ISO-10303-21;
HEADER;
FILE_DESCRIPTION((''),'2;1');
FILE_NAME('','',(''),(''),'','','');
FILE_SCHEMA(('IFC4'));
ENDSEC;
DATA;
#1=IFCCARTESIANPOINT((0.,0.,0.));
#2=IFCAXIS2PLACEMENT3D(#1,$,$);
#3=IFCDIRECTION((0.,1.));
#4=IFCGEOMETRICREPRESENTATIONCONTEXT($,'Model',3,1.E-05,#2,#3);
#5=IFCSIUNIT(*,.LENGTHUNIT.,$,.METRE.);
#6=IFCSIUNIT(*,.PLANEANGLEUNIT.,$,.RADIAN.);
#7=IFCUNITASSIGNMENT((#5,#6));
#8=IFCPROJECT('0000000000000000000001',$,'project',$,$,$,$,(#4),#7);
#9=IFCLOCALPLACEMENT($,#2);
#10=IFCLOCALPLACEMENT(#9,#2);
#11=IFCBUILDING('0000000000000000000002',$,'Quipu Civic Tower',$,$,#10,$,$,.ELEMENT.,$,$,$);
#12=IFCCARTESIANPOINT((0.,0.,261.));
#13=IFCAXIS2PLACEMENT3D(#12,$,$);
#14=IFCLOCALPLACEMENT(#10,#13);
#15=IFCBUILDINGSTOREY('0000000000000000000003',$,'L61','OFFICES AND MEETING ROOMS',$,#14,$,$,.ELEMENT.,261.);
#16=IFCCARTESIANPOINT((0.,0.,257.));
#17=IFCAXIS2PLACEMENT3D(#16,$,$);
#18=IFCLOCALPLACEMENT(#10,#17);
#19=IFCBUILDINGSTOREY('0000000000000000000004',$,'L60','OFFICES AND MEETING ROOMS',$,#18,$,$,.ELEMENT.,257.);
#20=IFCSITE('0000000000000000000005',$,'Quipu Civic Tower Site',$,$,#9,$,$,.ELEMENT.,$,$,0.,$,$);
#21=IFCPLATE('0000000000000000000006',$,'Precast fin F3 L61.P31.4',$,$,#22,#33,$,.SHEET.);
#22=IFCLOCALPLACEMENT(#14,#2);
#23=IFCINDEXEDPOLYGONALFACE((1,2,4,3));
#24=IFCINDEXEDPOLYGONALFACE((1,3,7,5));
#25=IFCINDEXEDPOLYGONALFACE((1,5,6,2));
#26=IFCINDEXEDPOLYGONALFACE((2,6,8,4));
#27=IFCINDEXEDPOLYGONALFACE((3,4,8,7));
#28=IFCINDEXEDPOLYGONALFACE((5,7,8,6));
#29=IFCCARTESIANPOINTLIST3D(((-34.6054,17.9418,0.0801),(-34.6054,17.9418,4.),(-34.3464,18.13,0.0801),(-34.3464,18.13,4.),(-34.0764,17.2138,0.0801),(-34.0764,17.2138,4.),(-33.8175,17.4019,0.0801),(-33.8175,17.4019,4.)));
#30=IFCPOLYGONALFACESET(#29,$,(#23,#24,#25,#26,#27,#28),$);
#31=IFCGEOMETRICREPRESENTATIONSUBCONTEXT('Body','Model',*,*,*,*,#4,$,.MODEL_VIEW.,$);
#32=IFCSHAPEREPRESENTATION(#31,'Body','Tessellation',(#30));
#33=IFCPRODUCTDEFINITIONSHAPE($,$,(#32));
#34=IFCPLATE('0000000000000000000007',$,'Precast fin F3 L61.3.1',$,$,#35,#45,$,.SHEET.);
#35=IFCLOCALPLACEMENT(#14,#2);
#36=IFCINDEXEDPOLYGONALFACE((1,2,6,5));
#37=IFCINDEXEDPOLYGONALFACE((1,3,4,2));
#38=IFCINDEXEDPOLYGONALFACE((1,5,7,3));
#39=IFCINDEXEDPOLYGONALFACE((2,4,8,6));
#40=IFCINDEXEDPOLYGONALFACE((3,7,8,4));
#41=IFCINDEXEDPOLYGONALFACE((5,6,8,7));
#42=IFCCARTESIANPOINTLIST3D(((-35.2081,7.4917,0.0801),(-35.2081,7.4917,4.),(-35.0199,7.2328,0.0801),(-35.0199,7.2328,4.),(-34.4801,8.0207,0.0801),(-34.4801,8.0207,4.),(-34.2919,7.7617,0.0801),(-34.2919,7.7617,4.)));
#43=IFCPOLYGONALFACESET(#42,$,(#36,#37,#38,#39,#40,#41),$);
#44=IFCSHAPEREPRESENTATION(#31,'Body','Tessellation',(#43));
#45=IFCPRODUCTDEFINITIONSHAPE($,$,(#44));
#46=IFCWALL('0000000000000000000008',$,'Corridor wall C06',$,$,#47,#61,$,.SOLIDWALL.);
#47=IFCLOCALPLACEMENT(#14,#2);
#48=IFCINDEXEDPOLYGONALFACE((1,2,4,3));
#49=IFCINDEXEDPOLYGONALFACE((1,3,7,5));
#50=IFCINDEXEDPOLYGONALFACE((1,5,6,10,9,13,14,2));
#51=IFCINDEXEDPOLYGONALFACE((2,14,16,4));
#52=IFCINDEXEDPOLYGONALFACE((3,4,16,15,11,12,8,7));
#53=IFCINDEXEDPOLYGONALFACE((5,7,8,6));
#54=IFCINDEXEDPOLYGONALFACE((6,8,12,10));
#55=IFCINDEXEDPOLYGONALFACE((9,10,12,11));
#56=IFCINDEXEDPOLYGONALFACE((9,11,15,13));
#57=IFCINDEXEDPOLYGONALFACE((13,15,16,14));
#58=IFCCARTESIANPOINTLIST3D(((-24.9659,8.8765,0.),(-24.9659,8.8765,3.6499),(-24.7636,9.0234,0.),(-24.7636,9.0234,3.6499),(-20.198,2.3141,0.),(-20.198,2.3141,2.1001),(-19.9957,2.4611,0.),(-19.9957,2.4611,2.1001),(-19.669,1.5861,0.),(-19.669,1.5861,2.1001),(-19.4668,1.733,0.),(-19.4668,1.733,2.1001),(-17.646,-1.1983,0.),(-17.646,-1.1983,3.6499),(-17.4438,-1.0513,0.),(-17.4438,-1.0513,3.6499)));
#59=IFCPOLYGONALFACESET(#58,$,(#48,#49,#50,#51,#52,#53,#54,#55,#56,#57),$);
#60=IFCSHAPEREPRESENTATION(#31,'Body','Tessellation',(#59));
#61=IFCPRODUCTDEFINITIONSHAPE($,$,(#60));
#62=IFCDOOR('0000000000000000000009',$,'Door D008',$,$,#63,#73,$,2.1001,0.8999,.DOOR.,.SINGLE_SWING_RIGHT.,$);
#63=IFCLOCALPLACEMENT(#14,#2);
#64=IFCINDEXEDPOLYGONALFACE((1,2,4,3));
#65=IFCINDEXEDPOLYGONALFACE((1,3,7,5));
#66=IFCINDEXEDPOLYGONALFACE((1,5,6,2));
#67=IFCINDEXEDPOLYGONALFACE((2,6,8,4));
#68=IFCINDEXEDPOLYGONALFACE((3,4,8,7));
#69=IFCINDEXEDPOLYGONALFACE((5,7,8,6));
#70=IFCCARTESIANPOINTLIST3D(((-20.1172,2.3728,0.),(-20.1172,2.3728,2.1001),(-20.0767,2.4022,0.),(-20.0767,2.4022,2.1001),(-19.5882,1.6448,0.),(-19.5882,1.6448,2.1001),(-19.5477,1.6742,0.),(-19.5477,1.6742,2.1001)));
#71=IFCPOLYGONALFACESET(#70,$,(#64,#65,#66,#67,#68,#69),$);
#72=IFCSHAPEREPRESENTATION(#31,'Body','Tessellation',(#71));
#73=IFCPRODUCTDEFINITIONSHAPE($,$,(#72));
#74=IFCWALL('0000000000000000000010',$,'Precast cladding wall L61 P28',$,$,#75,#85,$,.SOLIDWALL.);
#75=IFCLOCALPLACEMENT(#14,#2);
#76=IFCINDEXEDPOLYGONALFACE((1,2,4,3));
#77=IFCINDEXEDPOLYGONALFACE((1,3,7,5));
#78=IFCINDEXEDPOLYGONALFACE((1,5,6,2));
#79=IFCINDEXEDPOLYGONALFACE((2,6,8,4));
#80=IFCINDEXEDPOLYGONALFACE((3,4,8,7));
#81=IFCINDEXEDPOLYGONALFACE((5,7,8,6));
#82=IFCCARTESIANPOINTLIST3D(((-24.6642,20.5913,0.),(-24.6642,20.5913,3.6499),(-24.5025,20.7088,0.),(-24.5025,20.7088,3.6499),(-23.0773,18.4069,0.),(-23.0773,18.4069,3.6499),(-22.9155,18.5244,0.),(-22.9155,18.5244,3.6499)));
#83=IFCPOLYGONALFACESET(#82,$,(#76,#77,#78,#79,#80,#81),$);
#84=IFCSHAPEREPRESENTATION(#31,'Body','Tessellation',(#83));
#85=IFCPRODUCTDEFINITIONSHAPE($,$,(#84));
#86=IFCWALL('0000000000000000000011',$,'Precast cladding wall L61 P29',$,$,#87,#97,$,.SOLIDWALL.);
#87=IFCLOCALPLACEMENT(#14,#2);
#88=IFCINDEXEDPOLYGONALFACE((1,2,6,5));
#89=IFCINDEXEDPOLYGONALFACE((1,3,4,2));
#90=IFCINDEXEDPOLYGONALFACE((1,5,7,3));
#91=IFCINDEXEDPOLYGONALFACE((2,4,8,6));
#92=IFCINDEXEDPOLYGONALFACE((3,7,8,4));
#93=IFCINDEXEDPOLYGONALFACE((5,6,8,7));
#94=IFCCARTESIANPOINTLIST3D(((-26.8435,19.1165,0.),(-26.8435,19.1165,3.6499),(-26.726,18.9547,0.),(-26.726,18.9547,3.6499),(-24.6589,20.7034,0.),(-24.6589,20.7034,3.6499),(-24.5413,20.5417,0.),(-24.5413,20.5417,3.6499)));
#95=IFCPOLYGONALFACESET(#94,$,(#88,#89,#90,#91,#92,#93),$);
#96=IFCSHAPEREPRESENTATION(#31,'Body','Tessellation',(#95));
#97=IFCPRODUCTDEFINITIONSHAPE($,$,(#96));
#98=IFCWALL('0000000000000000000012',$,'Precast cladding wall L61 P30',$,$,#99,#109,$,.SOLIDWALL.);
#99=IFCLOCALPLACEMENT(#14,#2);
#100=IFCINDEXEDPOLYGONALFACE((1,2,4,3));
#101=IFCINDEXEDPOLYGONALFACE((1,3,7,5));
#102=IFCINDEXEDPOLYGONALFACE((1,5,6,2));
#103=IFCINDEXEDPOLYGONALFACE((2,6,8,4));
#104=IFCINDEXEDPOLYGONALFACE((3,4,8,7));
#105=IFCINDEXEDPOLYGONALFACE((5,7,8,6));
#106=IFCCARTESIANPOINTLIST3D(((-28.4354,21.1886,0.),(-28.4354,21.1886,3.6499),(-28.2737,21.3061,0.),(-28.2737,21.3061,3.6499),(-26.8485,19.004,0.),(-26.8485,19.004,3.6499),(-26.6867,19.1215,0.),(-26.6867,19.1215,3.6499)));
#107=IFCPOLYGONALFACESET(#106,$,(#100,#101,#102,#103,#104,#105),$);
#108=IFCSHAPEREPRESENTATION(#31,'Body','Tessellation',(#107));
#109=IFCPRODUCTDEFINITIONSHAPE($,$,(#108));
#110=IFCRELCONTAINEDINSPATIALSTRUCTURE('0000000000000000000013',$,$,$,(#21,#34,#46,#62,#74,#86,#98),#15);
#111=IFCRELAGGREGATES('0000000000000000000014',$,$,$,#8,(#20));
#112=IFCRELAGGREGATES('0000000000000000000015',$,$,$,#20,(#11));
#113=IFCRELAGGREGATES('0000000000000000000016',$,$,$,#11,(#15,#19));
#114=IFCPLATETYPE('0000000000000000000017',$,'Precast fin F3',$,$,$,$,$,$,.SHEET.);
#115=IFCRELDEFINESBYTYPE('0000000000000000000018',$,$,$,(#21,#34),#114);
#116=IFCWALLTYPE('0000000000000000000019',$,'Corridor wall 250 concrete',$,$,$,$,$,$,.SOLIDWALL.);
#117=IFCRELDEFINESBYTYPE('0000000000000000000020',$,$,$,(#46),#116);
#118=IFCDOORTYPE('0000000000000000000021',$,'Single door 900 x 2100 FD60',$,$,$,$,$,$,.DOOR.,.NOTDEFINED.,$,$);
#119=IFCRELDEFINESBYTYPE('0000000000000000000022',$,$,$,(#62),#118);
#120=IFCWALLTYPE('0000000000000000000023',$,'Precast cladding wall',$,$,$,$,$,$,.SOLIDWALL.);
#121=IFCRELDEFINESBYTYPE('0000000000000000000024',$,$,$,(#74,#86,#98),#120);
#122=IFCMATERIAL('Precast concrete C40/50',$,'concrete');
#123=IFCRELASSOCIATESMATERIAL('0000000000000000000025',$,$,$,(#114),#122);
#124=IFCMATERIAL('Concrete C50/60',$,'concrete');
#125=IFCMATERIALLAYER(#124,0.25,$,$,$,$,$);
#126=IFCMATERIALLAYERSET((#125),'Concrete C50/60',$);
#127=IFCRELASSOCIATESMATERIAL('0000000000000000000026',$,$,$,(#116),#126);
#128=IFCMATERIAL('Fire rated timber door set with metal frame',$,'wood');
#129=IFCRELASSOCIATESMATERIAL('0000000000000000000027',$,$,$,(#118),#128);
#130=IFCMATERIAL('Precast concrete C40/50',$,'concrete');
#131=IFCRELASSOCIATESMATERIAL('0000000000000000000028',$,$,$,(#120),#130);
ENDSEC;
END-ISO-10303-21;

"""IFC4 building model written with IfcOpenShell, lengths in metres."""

from ifc_helpers import new_model, si_unit, direction, frame, frame_2d, origin, origin_2d, place, context, subcontext, project, spatial, rectangle, extrude, material, layer, layer_set, type_object, element, fill, save


model = new_model("IFC4")

# Units and contexts
model_context = context("Model", 3, precision=1e-05, world=origin(), true_north=direction((0.0, 1.0)))
body_context = subcontext(model_context, "Body", "Model", "MODEL_VIEW")
ifc_project = project(units=[si_unit("LENGTHUNIT", "METRE"), si_unit("PLANEANGLEUNIT", "RADIAN")], contexts=[model_context])

# Site, building, storey
site_placement = place(None, origin())
site = spatial("IfcSite", under=ifc_project, at=site_placement, Name="Quipu Civic Tower Site", CompositionType="ELEMENT", RefElevation=0.0)
building_placement = place(site_placement, origin())
building = spatial("IfcBuilding", under=site, at=building_placement, Name="Quipu Civic Tower", CompositionType="ELEMENT")
storey_1_placement = place(building_placement, frame((0.0, 0.0, 261.0)))
storey_1 = spatial("IfcBuildingStorey", under=building, at=storey_1_placement, Name="L61", Description="OFFICES AND MEETING ROOMS", CompositionType="ELEMENT", Elevation=261.0)

# Shared definitions
storey_2_placement = place(building_placement, frame((0.0, 0.0, 257.0)))
storey_2 = spatial("IfcBuildingStorey", under=building, at=storey_2_placement, Name="L60", Description="OFFICES AND MEETING ROOMS", CompositionType="ELEMENT", Elevation=257.0)

# Plates
ifc_material_1 = material(Name="Precast concrete C40/50", Category="concrete")
plate_type_1 = type_object("IfcPlateType", Name="Precast fin F3", PredefinedType="SHEET", material=ifc_material_1)
for number, where, z_axis, x_axis, name in (
    (1, (-34.2114, 17.6719, 0.0801), (0.0, 0.0, 1.0), (-0.809017, -0.587785, 0.0), "Precast fin F3 L61.P31.4"),
    (2, (-34.75, 7.6267, 0.0801), (0.0, 0.0, 1.0), (0.587791, -0.809013, 0.0), "Precast fin F3 L61.3.1"),
):
    element("IfcPlate", number, at=place(storey_1_placement, frame(where, z_axis=z_axis, x_axis=x_axis)), inside=storey_1, type_object=plate_type_1, Name=name, PredefinedType="SHEET", context=body_context, shape_type="SweptSolid", body=[
        extrude(rectangle(XDim=0.3201, YDim=0.8999, at=origin_2d()), origin(), (0.0, 0.0, 1.0), 3.9199),
    ])

# Wall, opening, door
ifc_material_2 = material(Name="Concrete C50/60", Category="concrete")
ifc_layer_1 = layer(ifc_material_2, 0.25)
ifc_layer_set_1 = layer_set([ifc_layer_1], Name="Concrete C50/60")
wall_type_1 = type_object("IfcWallType", Name="Corridor wall 250 concrete", PredefinedType="SOLIDWALL", material=ifc_layer_set_1)
wall_1_placement = place(storey_1_placement, frame((-24.8647, 8.95, 0.0), z_axis=(0.0, 0.0, 1.0), x_axis=(0.587792, -0.809012, 0.0)))
wall_1 = element("IfcWall", 3, at=wall_1_placement, inside=storey_1, type_object=wall_type_1, Name="Corridor wall C06", PredefinedType="SOLIDWALL", context=body_context, shape_type="SweptSolid", body=[
    extrude(rectangle(XDim=12.4531, YDim=0.25, at=frame_2d((6.2266, 0.0))), origin(), (0.0, 0.0, 1.0), 3.6499),
])
opening_placement = place(wall_1_placement, frame((8.1116, 0.0, 0.0)))
opening = element("IfcOpeningElement", 4, at=opening_placement, cuts=wall_1, PredefinedType="OPENING", context=body_context, shape_type="SweptSolid", body=[
    extrude(rectangle(XDim=0.8999, YDim=2.1001, at=frame_2d((0.45, 1.05))), frame((0.0, 0.135, 0.0), z_axis=(0.0, -1.0, 0.0), x_axis=(1.0, 0.0, 0.0)), (0.0, 0.0, 1.0), 0.27),
])
ifc_material_3 = material(Name="Fire rated timber door set with metal frame", Category="wood")
door_type = type_object("IfcDoorType", Name="Single door 900 x 2100 FD60", OperationType="NOTDEFINED", PredefinedType="DOOR", material=ifc_material_3)
door_placement = place(opening_placement, origin())
door = element("IfcDoor", 5, at=door_placement, inside=storey_1, type_object=door_type, Name="Door D008", OperationType="SINGLE_SWING_RIGHT", OverallHeight=2.1001, OverallWidth=0.8999, PredefinedType="DOOR", context=body_context, shape_type="SweptSolid", body=[
    extrude(rectangle(XDim=0.8999, YDim=2.1001, at=frame_2d((0.45, 1.05))), frame((0.0, 0.0249, 0.0), z_axis=(0.0, -1.0, 0.0), x_axis=(1.0, 0.0, 0.0)), (0.0, 0.0, 1.0), 0.05),
])
fill(opening, door)

# Walls
ifc_material_4 = material(Name="Precast concrete C40/50", Category="concrete")
wall_type_2 = type_object("IfcWallType", Name="Precast cladding wall", PredefinedType="SOLIDWALL", material=ifc_material_4)
wall_2_placement = place(storey_1_placement, frame((-22.9963, 18.4656, 0.0), z_axis=(0.0, 0.0, 1.0), x_axis=(-0.587763, 0.809033, 0.0)))
element("IfcWall", 6, at=wall_2_placement, inside=storey_1, type_object=wall_type_2, Name="Precast cladding wall L61 P28", PredefinedType="SOLIDWALL", context=body_context, shape_type="SweptSolid", body=[
    extrude(rectangle(XDim=2.7, YDim=0.2, at=frame_2d((1.3501, 0.0))), origin(), (0.0, 0.0, 1.0), 3.6499),
])
for number, where, z_axis, x_axis, name in (
    (7, (-24.6001, 20.6226, 0.0), (0.0, 0.0, 1.0), (-0.809064, -0.58772, 0.0), "Precast cladding wall L61 P29"),
    (8, (-26.7676, 19.0627, 0.0), (0.0, 0.0, 1.0), (-0.58772, 0.809064, 0.0), "Precast cladding wall L61 P30"),
):
    element("IfcWall", number, at=place(storey_1_placement, frame(where, z_axis=z_axis, x_axis=x_axis)), inside=storey_1, type_object=wall_type_2, Name=name, PredefinedType="SOLIDWALL", context=body_context, shape_type="SweptSolid", body=[
        extrude(rectangle(XDim=2.7002, YDim=0.2, at=frame_2d((1.3501, 0.0))), origin(), (0.0, 0.0, 1.0), 3.6499),
    ])

save(model, "model.ifc")
